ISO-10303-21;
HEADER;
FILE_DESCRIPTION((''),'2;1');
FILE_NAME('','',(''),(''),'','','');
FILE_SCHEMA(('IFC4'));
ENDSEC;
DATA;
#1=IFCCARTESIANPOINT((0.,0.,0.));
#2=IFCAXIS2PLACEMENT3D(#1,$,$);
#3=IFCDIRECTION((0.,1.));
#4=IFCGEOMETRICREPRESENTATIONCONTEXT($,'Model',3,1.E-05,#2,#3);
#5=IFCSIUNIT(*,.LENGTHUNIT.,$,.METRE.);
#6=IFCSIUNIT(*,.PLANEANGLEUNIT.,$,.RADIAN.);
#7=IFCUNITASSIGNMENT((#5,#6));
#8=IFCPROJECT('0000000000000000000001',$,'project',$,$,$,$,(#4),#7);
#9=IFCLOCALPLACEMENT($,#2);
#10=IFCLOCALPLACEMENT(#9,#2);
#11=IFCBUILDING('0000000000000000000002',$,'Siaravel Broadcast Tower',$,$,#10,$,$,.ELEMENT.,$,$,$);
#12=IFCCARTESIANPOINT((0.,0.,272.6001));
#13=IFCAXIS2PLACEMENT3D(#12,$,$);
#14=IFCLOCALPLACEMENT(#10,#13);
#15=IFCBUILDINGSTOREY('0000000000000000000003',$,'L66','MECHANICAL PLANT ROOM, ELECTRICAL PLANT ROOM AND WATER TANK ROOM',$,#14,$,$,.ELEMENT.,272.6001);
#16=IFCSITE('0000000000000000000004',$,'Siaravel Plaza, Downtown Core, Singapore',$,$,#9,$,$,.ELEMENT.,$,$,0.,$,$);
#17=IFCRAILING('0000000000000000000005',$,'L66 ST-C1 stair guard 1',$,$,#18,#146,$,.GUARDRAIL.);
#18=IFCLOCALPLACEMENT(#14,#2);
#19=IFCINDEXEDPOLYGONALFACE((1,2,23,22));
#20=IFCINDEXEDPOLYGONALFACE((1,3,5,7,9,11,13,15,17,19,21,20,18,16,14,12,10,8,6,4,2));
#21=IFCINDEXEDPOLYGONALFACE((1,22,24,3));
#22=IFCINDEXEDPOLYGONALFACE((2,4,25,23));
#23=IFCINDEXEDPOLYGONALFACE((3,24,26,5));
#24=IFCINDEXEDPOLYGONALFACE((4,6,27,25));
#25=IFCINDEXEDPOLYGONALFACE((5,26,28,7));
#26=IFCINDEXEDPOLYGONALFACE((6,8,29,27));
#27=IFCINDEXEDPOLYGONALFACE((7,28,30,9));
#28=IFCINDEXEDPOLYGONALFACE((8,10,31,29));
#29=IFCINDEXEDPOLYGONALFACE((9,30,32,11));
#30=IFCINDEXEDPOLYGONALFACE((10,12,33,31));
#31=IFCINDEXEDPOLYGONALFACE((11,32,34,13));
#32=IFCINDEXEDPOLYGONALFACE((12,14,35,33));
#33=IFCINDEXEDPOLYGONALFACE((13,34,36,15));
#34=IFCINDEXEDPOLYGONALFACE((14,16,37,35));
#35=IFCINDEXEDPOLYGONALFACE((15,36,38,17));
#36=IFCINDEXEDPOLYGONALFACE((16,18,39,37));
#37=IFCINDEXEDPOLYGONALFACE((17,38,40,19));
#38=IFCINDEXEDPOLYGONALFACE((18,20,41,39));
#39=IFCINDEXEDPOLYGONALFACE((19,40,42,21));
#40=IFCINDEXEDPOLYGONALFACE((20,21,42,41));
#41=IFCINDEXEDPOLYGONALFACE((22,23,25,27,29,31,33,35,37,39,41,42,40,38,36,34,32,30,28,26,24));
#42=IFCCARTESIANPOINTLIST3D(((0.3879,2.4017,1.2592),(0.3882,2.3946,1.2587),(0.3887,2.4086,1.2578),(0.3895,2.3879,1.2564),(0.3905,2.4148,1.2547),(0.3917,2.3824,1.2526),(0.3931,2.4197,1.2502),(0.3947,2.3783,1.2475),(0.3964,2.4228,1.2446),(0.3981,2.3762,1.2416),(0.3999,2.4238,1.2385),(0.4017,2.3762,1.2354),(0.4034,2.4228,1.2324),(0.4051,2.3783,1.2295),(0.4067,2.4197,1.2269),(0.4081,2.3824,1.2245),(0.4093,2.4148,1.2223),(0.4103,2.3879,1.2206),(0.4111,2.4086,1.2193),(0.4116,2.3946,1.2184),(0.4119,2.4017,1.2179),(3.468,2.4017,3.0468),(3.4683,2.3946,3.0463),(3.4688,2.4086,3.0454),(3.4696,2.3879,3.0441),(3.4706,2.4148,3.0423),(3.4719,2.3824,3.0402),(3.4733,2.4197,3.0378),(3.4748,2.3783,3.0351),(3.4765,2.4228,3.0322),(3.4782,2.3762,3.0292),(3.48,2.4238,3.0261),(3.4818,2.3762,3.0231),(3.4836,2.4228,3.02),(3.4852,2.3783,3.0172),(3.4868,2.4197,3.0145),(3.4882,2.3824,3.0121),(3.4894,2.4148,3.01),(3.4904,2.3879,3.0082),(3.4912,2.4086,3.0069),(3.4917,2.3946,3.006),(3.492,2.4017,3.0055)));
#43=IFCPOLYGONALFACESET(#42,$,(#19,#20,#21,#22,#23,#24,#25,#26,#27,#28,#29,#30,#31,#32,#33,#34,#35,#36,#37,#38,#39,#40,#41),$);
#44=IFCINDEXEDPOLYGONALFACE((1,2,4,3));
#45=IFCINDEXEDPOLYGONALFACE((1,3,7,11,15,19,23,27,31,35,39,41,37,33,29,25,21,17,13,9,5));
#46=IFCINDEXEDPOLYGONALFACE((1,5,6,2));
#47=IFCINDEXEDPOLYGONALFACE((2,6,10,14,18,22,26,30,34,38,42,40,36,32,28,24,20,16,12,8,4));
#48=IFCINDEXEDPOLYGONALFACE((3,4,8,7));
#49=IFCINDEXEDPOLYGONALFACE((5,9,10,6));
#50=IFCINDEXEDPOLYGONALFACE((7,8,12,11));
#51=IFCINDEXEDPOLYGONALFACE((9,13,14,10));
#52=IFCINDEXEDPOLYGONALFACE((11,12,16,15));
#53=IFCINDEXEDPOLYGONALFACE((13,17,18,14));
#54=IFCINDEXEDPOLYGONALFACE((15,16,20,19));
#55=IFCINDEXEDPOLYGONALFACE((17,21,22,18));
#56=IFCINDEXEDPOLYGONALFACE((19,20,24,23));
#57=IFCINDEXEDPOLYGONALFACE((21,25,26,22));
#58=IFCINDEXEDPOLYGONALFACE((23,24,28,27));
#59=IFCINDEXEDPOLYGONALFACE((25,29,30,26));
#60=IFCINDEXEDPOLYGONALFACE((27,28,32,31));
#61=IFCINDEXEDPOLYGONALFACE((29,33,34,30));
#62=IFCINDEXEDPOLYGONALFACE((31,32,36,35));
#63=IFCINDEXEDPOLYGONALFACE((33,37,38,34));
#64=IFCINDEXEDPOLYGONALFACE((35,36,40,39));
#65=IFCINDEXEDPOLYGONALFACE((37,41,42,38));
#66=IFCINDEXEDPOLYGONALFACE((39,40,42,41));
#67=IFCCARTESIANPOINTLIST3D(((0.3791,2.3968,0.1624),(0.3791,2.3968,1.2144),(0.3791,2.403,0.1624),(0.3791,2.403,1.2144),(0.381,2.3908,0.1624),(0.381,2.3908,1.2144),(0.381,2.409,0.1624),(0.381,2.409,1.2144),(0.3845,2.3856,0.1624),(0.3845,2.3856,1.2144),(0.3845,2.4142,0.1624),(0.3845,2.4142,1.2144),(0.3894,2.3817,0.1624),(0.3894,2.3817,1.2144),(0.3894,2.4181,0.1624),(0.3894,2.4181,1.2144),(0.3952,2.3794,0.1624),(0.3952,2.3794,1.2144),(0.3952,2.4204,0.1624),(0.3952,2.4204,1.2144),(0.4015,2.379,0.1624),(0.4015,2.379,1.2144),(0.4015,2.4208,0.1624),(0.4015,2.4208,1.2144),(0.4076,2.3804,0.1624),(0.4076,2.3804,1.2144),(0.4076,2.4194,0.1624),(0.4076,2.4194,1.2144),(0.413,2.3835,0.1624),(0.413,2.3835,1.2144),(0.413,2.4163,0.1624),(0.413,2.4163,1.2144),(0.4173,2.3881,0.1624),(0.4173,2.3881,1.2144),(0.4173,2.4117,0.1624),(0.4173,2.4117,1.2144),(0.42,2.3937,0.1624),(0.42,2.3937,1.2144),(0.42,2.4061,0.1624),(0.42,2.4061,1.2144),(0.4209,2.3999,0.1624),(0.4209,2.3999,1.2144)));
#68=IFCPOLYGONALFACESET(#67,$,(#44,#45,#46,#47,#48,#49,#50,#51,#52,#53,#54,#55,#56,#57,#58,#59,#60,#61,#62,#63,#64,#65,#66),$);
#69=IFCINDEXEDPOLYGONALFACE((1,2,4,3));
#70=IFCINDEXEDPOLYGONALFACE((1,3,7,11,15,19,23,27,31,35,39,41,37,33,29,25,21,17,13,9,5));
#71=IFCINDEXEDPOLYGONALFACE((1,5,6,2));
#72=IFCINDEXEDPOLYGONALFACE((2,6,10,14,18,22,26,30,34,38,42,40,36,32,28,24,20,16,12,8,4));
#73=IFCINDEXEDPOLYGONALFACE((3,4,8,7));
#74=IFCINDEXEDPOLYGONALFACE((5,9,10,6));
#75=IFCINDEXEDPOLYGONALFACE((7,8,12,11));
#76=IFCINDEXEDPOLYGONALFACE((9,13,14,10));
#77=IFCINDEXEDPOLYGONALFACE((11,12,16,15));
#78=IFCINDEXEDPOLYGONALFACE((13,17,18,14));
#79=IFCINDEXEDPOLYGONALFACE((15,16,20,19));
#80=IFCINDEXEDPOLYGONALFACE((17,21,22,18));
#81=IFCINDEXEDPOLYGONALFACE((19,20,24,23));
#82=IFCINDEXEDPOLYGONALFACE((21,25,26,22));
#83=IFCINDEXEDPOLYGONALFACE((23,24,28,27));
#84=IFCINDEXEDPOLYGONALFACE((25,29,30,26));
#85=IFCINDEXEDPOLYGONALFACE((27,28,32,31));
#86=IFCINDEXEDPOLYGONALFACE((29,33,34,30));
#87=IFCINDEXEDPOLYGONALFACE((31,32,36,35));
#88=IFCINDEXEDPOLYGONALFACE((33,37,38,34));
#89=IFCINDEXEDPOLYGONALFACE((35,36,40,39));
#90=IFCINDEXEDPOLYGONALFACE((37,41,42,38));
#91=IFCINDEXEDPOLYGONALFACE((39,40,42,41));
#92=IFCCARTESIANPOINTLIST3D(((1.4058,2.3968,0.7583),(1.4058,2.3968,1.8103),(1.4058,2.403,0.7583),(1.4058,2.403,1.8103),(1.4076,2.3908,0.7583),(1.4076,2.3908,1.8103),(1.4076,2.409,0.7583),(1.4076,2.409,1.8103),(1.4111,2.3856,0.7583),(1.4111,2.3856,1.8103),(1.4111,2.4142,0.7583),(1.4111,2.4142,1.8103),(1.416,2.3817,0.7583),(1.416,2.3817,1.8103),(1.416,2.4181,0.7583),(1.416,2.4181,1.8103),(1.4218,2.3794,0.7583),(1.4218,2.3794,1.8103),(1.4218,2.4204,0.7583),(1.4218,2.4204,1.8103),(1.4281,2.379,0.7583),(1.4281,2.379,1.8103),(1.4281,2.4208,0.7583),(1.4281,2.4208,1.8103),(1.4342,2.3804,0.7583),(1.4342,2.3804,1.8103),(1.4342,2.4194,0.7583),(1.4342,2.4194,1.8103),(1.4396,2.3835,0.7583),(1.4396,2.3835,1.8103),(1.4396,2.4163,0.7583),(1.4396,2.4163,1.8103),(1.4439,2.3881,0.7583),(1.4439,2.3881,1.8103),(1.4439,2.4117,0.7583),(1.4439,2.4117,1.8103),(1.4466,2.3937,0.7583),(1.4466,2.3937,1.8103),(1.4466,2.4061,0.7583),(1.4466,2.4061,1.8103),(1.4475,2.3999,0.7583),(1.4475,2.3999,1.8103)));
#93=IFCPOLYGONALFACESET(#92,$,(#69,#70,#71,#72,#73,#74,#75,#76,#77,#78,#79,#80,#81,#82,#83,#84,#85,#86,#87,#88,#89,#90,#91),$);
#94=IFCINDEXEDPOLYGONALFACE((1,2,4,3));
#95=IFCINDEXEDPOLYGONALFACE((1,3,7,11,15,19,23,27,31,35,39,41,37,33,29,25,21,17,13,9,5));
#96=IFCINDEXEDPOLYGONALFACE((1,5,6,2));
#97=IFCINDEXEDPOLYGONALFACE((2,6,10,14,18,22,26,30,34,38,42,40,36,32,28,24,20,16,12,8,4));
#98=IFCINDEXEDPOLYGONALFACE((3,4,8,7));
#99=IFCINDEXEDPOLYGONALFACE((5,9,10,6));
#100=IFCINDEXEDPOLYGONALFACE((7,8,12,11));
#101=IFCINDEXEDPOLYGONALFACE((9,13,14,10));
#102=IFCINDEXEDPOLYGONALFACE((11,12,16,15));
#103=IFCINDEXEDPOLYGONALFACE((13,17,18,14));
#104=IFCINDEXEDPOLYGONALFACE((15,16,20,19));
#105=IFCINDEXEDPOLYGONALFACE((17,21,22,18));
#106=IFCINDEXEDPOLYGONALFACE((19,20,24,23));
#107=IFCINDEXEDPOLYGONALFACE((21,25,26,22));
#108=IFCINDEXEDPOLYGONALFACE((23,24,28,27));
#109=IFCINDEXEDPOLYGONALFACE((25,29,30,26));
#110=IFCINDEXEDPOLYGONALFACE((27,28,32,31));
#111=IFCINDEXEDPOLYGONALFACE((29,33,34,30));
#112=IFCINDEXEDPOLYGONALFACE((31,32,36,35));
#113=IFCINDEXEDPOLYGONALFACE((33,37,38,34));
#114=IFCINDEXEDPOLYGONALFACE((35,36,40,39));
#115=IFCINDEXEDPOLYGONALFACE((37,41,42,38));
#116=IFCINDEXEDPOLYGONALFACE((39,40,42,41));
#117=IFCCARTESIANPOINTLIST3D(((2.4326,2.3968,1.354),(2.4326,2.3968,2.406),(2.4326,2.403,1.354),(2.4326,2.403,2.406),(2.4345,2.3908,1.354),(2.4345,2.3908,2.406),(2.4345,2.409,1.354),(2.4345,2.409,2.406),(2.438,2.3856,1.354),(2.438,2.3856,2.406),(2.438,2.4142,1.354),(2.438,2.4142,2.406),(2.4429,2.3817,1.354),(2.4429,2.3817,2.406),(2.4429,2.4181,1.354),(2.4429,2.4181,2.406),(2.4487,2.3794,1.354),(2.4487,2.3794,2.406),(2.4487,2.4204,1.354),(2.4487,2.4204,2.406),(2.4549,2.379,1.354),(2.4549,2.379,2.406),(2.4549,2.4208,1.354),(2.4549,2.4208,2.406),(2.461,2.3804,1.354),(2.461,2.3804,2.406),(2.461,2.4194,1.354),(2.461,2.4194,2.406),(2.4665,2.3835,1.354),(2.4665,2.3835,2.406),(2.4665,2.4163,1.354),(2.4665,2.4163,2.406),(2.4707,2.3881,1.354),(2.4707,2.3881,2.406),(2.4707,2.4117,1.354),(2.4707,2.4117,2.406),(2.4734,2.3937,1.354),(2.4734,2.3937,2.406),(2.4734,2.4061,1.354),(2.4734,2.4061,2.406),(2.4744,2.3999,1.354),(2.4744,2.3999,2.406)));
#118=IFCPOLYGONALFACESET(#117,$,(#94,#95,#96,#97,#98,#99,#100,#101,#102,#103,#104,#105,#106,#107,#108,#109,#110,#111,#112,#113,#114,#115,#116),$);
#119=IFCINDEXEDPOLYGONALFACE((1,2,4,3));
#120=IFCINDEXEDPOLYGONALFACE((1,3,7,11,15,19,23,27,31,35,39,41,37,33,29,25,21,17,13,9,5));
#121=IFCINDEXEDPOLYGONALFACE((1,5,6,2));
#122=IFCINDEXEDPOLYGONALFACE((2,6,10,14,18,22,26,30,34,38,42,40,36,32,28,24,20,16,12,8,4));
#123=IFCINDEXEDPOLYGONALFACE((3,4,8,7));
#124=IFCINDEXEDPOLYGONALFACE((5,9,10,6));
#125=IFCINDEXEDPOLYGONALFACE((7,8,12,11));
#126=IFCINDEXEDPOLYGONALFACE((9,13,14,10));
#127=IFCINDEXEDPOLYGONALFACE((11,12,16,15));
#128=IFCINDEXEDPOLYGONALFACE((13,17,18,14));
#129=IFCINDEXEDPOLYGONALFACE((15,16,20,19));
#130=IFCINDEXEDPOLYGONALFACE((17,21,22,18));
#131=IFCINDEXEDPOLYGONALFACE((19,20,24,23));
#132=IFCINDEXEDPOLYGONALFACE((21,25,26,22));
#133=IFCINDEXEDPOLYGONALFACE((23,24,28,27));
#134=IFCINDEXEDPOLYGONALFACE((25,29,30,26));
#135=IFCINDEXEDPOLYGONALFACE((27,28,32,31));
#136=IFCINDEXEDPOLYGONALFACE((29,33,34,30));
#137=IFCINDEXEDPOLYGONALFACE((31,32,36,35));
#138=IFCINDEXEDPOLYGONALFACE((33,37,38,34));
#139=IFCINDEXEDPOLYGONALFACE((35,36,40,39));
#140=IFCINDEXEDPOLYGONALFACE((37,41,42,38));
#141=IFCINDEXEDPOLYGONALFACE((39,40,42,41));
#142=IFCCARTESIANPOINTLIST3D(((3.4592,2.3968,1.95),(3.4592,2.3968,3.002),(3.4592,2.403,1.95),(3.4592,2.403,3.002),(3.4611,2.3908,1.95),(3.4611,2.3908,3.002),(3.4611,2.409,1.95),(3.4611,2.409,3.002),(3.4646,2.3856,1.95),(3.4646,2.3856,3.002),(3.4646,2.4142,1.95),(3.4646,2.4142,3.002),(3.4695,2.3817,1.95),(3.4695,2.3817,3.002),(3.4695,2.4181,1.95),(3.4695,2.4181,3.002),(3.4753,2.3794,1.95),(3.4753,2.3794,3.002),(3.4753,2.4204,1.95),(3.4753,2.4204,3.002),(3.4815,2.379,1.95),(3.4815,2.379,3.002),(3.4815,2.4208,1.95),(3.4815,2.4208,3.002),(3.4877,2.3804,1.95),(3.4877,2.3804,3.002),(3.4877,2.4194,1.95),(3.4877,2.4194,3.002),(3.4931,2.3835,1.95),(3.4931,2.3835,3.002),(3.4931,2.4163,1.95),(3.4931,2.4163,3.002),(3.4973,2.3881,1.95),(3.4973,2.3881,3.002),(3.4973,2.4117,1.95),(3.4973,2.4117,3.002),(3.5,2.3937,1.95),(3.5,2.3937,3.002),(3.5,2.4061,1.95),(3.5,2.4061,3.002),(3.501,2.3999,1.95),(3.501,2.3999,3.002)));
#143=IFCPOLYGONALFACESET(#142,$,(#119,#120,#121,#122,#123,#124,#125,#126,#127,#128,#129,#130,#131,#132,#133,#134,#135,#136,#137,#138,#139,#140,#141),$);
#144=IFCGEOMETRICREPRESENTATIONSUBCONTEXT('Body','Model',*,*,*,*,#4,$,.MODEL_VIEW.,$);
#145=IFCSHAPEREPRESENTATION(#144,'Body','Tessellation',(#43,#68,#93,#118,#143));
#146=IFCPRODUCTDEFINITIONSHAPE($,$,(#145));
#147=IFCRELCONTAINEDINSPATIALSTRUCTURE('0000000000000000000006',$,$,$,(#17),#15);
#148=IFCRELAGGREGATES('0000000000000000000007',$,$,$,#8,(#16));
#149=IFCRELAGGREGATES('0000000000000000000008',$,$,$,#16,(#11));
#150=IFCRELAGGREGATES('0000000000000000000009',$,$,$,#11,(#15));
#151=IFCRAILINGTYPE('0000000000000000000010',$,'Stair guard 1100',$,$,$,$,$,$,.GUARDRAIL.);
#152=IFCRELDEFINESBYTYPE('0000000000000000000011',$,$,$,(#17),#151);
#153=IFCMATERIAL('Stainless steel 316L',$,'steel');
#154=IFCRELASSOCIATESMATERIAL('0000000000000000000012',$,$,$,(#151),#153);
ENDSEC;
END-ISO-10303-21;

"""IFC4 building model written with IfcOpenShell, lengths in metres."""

from ifc_helpers import new_model, si_unit, direction, frame, origin, origin_2d, place, context, subcontext, project, spatial, circle, extrude, material, type_object, element, save


model = new_model("IFC4")

# Units and contexts
model_context = context("Model", 3, precision=1e-05, world=origin(), true_north=direction((0.0, 1.0)))
body_context = subcontext(model_context, "Body", "Model", "MODEL_VIEW")
ifc_project = project(units=[si_unit("LENGTHUNIT", "METRE"), si_unit("PLANEANGLEUNIT", "RADIAN")], contexts=[model_context])

# Site, building, storey
site_placement = place(None, origin())
site = spatial("IfcSite", under=ifc_project, at=site_placement, Name="Siaravel Plaza, Downtown Core, Singapore", CompositionType="ELEMENT", RefElevation=0.0)
building_placement = place(site_placement, origin())
building = spatial("IfcBuilding", under=site, at=building_placement, Name="Siaravel Broadcast Tower", CompositionType="ELEMENT")
storey_placement = place(building_placement, frame((0.0, 0.0, 272.6001)))
storey = spatial("IfcBuildingStorey", under=building, at=storey_placement, Name="L66", Description="MECHANICAL PLANT ROOM, ELECTRICAL PLANT ROOM AND WATER TANK ROOM", CompositionType="ELEMENT", Elevation=272.6001)

# Railing
ifc_material_1 = material(Name="Stainless steel 316L", Category="steel")
railing_type_1 = type_object("IfcRailingType", Name="Stair guard 1100", PredefinedType="GUARDRAIL", material=ifc_material_1)
railing_1_placement = place(storey_placement, frame((0.3999, 2.3999, 0.1624)))
element("IfcRailing", 1, at=railing_1_placement, inside=storey, type_object=railing_type_1, Name="L66 ST-C1 stair guard 1", PredefinedType="GUARDRAIL", context=body_context, shape_type="SweptSolid", body=[
    extrude(circle(Radius=0.0239, at=origin_2d()), frame((0.0, 0.0, 1.0762), z_axis=(0.864891, 0.0, 0.50196), x_axis=(0.0, 1.0, 0.0)), (0.0, 0.0, 1.0), 3.5613),
    extrude(circle(Radius=0.021, at=origin_2d()), origin(), (0.0, 0.0, 1.0), 1.052),
    extrude(circle(Radius=0.021, at=origin_2d()), frame((1.0266, 0.0, 0.5959)), (0.0, 0.0, 1.0), 1.052),
    extrude(circle(Radius=0.021, at=origin_2d()), frame((2.0535, 0.0, 1.1917)), (0.0, 0.0, 1.0), 1.052),
    extrude(circle(Radius=0.021, at=origin_2d()), frame((3.0801, 0.0, 1.7876)), (0.0, 0.0, 1.0), 1.052),
])

save(model, "model.ifc")
